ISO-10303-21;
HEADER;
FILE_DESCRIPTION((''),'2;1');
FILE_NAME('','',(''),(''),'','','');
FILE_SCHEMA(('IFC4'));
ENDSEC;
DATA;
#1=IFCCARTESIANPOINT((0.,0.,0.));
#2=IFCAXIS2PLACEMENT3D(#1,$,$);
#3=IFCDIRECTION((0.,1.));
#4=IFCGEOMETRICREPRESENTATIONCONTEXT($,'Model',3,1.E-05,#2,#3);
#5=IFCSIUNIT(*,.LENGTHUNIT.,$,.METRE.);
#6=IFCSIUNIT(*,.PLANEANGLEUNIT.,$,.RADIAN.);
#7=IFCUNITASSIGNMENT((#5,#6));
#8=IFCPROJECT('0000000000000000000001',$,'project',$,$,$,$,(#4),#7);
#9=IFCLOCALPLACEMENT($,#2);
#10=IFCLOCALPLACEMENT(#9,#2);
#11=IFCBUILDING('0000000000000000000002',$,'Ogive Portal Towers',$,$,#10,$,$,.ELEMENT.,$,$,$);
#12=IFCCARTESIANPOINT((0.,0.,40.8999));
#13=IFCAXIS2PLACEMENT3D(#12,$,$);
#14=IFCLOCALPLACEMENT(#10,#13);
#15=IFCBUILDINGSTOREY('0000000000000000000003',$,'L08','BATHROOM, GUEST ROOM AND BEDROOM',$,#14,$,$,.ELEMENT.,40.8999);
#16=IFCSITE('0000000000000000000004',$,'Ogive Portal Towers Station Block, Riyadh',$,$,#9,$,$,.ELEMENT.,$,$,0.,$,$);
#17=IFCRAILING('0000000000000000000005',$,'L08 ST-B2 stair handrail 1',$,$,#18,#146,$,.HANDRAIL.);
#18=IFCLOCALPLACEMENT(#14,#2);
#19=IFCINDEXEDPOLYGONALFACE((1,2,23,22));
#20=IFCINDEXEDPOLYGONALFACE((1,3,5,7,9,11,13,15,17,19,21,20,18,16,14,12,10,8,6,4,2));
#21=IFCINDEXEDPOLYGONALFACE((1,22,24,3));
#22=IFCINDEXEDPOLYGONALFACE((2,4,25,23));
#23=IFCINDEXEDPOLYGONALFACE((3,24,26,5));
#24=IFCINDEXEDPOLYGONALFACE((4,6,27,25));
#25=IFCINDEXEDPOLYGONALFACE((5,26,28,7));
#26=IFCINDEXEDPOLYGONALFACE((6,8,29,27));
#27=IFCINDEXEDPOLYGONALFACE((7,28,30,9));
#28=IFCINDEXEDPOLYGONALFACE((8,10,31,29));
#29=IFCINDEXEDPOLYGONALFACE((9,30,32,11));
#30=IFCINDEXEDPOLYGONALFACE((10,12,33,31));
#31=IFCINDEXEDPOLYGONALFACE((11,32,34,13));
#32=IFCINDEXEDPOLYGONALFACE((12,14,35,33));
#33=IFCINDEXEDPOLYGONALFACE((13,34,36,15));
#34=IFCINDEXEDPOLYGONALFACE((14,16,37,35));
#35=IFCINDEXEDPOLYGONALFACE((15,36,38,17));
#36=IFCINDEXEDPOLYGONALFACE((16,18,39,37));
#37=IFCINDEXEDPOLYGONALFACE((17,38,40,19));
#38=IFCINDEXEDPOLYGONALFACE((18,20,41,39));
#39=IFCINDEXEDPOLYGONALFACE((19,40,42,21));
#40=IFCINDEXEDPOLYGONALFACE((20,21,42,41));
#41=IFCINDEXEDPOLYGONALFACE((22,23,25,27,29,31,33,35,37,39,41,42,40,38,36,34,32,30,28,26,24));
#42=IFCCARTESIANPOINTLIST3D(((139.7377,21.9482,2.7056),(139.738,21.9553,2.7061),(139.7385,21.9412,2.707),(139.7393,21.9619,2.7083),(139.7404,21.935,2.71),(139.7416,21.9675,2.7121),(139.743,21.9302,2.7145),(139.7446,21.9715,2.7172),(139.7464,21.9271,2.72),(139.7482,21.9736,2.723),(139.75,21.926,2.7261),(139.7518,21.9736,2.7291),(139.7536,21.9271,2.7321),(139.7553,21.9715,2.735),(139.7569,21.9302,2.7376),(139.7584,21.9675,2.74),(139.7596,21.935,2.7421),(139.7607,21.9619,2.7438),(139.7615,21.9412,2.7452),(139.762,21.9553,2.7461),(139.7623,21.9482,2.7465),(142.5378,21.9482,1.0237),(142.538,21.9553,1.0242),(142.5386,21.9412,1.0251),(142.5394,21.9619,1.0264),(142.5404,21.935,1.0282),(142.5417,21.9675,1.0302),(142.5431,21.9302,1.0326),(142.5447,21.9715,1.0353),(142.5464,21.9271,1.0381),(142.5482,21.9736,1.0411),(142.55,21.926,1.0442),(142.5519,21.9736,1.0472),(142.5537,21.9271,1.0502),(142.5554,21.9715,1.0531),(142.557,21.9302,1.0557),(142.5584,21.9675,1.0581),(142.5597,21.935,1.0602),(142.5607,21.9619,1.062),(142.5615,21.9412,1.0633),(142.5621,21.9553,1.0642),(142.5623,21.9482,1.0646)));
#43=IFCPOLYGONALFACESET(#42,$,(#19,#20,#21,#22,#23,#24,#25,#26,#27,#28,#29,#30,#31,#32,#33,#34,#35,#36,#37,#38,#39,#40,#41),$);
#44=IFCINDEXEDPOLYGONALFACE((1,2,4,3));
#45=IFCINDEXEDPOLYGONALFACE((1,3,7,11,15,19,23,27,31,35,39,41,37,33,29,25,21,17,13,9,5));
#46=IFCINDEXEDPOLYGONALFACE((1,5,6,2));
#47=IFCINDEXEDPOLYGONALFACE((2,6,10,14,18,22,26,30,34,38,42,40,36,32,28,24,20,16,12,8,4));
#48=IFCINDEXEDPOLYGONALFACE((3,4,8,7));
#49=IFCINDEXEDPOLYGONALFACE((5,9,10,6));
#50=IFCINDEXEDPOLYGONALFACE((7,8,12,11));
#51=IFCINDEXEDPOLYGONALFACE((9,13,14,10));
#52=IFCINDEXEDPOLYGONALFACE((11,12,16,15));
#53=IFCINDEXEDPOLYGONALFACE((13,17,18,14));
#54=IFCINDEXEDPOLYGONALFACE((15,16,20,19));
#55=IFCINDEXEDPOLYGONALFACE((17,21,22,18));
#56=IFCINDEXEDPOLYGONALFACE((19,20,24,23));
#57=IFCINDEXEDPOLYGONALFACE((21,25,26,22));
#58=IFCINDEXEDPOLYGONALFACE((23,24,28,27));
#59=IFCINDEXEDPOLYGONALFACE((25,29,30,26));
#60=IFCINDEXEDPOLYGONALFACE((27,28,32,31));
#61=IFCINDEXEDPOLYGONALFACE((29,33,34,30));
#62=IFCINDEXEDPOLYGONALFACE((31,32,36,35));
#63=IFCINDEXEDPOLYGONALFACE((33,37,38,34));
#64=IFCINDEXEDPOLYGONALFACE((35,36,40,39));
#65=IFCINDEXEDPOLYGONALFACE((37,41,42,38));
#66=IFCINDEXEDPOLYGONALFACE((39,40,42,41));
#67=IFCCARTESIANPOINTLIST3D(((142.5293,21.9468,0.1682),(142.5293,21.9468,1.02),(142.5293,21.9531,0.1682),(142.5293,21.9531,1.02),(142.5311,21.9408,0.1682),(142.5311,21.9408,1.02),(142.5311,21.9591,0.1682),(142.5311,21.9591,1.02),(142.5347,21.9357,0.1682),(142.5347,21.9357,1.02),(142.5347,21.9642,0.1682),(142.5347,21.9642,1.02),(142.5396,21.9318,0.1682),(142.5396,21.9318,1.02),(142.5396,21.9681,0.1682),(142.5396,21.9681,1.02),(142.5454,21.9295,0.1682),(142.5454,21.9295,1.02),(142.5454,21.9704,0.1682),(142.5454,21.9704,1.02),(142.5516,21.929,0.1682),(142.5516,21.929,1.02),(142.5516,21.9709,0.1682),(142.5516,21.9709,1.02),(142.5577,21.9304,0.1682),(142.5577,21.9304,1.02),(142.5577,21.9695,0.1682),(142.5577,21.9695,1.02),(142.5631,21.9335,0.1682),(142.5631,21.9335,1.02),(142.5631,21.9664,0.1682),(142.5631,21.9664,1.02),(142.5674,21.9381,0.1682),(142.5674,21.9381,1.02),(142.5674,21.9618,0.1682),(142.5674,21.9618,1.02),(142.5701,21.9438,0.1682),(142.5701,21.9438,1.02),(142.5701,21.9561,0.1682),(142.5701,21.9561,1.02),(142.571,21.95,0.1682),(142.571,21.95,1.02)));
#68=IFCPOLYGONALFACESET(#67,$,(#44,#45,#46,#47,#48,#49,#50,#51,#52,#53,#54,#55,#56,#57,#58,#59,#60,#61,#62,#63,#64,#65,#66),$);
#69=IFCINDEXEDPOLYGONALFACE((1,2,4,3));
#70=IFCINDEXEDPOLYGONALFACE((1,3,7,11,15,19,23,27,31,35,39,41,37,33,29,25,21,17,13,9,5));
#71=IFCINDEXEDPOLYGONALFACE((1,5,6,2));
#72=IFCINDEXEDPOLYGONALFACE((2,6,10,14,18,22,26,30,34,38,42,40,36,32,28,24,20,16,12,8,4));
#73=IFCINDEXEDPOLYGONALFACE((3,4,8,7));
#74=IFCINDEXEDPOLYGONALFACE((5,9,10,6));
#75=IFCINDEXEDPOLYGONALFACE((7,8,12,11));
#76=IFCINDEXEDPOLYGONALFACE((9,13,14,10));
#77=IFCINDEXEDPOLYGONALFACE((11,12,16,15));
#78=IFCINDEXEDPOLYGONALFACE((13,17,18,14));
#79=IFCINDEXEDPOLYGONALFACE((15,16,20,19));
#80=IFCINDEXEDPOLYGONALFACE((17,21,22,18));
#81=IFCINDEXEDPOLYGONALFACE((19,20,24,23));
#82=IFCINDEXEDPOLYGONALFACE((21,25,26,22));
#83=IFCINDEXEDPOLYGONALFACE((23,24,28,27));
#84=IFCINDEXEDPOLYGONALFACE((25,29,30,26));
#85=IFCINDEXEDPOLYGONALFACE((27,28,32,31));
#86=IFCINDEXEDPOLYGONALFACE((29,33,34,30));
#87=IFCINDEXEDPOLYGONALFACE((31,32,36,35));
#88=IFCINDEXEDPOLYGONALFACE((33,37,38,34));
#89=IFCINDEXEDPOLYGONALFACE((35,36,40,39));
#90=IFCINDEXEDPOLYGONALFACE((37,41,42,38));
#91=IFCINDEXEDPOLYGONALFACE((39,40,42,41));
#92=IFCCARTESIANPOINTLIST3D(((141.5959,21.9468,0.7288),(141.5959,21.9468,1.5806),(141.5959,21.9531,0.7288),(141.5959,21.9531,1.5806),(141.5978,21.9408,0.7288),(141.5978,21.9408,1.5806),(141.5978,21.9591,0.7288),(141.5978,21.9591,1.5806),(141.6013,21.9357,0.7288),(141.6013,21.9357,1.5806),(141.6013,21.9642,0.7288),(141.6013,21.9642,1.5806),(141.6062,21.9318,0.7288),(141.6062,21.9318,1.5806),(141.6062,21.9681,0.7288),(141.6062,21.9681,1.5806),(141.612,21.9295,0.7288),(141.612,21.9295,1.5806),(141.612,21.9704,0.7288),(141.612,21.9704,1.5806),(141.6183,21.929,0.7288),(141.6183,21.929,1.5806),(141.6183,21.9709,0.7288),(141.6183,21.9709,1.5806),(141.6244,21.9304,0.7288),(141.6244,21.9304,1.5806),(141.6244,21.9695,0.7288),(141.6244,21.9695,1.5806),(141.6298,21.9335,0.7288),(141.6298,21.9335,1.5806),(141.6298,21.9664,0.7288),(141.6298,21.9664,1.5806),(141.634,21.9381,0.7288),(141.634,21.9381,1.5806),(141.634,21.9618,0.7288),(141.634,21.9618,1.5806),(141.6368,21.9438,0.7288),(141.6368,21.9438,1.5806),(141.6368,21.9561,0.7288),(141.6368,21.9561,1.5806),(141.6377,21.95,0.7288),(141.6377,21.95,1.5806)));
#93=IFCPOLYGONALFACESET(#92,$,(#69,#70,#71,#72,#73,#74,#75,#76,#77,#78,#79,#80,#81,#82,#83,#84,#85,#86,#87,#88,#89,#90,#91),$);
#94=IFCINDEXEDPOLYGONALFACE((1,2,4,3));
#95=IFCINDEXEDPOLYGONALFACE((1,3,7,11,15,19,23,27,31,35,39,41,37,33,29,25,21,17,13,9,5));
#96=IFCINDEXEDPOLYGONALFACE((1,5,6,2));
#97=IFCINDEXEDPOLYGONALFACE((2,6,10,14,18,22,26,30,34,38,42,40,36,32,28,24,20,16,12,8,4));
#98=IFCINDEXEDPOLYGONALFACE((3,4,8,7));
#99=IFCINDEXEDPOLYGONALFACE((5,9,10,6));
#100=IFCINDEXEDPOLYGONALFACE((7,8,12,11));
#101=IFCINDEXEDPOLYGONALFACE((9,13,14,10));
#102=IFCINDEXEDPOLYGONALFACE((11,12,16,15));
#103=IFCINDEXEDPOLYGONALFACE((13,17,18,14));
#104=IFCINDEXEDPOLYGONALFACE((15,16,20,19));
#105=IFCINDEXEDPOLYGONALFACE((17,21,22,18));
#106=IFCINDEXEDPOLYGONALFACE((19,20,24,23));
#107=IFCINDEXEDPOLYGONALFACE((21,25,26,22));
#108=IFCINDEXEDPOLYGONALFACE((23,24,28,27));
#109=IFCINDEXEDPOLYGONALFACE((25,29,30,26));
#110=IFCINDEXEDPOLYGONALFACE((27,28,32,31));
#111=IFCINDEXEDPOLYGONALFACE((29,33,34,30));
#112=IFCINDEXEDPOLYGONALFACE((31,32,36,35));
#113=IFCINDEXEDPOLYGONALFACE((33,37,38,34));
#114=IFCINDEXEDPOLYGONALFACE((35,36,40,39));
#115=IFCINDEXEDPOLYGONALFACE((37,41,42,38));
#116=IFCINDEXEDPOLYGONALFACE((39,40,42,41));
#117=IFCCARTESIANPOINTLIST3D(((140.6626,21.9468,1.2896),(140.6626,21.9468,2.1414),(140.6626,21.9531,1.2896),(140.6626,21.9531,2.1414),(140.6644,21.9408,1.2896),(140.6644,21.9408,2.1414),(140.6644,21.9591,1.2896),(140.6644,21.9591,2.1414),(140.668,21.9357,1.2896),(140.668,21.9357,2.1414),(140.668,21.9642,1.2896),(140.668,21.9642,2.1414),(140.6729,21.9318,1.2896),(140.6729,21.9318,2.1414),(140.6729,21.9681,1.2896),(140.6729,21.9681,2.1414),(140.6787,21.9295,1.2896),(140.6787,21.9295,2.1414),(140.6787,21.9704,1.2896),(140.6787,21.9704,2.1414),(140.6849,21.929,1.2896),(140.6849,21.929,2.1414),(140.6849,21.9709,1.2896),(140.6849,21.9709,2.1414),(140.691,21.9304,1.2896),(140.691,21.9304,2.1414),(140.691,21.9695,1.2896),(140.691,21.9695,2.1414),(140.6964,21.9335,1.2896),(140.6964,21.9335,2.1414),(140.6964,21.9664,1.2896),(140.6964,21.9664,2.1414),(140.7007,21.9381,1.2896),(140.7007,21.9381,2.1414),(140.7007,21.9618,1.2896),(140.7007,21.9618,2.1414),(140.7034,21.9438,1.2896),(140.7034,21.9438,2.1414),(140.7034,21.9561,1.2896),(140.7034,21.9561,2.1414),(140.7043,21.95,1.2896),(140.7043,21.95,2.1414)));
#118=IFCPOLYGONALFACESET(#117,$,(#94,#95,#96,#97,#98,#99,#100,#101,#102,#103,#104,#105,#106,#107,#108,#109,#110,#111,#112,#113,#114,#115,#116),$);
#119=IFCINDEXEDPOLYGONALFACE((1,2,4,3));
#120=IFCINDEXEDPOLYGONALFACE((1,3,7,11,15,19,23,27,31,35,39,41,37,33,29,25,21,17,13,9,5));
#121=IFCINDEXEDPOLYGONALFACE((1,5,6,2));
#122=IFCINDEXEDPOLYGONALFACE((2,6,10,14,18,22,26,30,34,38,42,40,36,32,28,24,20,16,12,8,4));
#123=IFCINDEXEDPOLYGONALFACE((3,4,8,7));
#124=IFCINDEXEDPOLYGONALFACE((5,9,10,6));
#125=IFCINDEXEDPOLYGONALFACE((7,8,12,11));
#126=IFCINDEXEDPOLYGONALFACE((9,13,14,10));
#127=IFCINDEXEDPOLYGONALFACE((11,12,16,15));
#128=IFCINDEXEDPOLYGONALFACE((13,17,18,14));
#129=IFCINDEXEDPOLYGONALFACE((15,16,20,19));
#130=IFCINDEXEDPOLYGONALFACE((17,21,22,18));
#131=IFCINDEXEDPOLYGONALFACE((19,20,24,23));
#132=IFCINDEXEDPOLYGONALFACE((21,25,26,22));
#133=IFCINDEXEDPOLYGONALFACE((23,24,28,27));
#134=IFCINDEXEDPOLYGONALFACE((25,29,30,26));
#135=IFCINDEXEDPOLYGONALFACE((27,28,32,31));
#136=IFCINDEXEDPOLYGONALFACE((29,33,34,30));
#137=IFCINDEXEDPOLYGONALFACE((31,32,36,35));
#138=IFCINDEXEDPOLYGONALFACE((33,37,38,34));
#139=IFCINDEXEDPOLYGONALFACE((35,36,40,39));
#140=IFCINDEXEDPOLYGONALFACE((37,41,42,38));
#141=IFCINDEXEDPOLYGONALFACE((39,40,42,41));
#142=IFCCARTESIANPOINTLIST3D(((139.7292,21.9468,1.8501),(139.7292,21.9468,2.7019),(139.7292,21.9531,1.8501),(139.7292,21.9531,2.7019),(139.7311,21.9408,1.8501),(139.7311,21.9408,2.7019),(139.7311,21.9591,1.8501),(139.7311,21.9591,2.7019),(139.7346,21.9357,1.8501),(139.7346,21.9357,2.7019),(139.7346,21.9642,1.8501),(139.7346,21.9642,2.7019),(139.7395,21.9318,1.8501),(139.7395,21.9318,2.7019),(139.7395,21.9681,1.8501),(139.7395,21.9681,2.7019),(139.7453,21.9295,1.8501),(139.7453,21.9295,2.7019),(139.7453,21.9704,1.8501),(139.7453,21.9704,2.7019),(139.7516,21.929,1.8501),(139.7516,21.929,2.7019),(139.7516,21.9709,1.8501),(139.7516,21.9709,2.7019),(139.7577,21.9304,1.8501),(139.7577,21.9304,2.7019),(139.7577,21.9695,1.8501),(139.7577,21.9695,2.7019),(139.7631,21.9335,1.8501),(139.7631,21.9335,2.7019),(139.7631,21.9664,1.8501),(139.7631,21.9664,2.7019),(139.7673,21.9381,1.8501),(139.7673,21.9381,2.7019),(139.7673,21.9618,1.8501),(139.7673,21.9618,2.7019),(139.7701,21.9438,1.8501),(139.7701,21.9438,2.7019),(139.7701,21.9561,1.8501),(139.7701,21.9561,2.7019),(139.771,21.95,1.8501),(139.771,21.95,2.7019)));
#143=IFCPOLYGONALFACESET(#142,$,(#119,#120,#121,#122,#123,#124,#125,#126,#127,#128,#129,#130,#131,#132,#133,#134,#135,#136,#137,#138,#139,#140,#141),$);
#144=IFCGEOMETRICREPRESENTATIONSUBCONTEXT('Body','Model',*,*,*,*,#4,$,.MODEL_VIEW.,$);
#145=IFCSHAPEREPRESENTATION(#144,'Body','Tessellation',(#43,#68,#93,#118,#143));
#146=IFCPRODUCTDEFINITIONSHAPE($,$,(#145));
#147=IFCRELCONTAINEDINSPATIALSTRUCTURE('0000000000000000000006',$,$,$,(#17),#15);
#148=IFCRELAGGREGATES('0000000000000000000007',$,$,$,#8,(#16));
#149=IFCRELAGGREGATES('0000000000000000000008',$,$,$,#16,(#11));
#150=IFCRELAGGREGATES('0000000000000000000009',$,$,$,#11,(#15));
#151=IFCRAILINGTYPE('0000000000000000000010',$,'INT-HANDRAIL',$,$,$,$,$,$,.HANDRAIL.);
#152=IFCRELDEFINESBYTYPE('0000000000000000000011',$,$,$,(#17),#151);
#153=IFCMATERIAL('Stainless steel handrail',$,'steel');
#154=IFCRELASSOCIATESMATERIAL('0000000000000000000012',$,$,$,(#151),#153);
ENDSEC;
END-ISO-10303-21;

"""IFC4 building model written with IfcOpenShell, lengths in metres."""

from ifc_helpers import new_model, si_unit, direction, frame, origin, origin_2d, place, context, subcontext, project, spatial, circle, extrude, material, type_object, element, save


model = new_model("IFC4")

# Units and contexts
model_context = context("Model", 3, precision=1e-05, world=origin(), true_north=direction((0.0, 1.0)))
body_context = subcontext(model_context, "Body", "Model", "MODEL_VIEW")
ifc_project = project(units=[si_unit("LENGTHUNIT", "METRE"), si_unit("PLANEANGLEUNIT", "RADIAN")], contexts=[model_context])

# Site, building, storey
site_placement = place(None, origin())
site = spatial("IfcSite", under=ifc_project, at=site_placement, Name="Ogive Portal Towers Station Block, Riyadh", CompositionType="ELEMENT", RefElevation=0.0)
building_placement = place(site_placement, origin())
building = spatial("IfcBuilding", under=site, at=building_placement, Name="Ogive Portal Towers", CompositionType="ELEMENT")
storey_placement = place(building_placement, frame((0.0, 0.0, 40.8999)))
storey = spatial("IfcBuildingStorey", under=building, at=storey_placement, Name="L08", Description="BATHROOM, GUEST ROOM AND BEDROOM", CompositionType="ELEMENT", Elevation=40.8999)

# Railing
ifc_material_1 = material(Name="Stainless steel handrail", Category="steel")
railing_type_1 = type_object("IfcRailingType", Name="INT-HANDRAIL", PredefinedType="HANDRAIL", material=ifc_material_1)
railing_1_placement = place(storey_placement, frame((142.55, 21.95, 0.1682)))
element("IfcRailing", 1, at=railing_1_placement, inside=storey, type_object=railing_type_1, Name="L08 ST-B2 stair handrail 1", PredefinedType="HANDRAIL", context=body_context, shape_type="SweptSolid", body=[
    extrude(circle(Radius=0.0239, at=origin_2d()), frame((0.0, 0.0, 0.876), z_axis=(-0.857242, 0.0, 0.514913), x_axis=(0.0, -1.0, 0.0)), (0.0, 0.0, 1.0), 3.2664),
    extrude(circle(Radius=0.021, at=origin_2d()), origin(), (0.0, 0.0, 1.0), 0.8518),
    extrude(circle(Radius=0.021, at=origin_2d()), frame((-0.9333, 0.0, 0.5605)), (0.0, 0.0, 1.0), 0.8518),
    extrude(circle(Radius=0.021, at=origin_2d()), frame((-1.8667, 0.0, 1.1213)), (0.0, 0.0, 1.0), 0.8518),
    extrude(circle(Radius=0.021, at=origin_2d()), frame((-2.8, 0.0, 1.6819)), (0.0, 0.0, 1.0), 0.8518),
])

save(model, "model.ifc")
